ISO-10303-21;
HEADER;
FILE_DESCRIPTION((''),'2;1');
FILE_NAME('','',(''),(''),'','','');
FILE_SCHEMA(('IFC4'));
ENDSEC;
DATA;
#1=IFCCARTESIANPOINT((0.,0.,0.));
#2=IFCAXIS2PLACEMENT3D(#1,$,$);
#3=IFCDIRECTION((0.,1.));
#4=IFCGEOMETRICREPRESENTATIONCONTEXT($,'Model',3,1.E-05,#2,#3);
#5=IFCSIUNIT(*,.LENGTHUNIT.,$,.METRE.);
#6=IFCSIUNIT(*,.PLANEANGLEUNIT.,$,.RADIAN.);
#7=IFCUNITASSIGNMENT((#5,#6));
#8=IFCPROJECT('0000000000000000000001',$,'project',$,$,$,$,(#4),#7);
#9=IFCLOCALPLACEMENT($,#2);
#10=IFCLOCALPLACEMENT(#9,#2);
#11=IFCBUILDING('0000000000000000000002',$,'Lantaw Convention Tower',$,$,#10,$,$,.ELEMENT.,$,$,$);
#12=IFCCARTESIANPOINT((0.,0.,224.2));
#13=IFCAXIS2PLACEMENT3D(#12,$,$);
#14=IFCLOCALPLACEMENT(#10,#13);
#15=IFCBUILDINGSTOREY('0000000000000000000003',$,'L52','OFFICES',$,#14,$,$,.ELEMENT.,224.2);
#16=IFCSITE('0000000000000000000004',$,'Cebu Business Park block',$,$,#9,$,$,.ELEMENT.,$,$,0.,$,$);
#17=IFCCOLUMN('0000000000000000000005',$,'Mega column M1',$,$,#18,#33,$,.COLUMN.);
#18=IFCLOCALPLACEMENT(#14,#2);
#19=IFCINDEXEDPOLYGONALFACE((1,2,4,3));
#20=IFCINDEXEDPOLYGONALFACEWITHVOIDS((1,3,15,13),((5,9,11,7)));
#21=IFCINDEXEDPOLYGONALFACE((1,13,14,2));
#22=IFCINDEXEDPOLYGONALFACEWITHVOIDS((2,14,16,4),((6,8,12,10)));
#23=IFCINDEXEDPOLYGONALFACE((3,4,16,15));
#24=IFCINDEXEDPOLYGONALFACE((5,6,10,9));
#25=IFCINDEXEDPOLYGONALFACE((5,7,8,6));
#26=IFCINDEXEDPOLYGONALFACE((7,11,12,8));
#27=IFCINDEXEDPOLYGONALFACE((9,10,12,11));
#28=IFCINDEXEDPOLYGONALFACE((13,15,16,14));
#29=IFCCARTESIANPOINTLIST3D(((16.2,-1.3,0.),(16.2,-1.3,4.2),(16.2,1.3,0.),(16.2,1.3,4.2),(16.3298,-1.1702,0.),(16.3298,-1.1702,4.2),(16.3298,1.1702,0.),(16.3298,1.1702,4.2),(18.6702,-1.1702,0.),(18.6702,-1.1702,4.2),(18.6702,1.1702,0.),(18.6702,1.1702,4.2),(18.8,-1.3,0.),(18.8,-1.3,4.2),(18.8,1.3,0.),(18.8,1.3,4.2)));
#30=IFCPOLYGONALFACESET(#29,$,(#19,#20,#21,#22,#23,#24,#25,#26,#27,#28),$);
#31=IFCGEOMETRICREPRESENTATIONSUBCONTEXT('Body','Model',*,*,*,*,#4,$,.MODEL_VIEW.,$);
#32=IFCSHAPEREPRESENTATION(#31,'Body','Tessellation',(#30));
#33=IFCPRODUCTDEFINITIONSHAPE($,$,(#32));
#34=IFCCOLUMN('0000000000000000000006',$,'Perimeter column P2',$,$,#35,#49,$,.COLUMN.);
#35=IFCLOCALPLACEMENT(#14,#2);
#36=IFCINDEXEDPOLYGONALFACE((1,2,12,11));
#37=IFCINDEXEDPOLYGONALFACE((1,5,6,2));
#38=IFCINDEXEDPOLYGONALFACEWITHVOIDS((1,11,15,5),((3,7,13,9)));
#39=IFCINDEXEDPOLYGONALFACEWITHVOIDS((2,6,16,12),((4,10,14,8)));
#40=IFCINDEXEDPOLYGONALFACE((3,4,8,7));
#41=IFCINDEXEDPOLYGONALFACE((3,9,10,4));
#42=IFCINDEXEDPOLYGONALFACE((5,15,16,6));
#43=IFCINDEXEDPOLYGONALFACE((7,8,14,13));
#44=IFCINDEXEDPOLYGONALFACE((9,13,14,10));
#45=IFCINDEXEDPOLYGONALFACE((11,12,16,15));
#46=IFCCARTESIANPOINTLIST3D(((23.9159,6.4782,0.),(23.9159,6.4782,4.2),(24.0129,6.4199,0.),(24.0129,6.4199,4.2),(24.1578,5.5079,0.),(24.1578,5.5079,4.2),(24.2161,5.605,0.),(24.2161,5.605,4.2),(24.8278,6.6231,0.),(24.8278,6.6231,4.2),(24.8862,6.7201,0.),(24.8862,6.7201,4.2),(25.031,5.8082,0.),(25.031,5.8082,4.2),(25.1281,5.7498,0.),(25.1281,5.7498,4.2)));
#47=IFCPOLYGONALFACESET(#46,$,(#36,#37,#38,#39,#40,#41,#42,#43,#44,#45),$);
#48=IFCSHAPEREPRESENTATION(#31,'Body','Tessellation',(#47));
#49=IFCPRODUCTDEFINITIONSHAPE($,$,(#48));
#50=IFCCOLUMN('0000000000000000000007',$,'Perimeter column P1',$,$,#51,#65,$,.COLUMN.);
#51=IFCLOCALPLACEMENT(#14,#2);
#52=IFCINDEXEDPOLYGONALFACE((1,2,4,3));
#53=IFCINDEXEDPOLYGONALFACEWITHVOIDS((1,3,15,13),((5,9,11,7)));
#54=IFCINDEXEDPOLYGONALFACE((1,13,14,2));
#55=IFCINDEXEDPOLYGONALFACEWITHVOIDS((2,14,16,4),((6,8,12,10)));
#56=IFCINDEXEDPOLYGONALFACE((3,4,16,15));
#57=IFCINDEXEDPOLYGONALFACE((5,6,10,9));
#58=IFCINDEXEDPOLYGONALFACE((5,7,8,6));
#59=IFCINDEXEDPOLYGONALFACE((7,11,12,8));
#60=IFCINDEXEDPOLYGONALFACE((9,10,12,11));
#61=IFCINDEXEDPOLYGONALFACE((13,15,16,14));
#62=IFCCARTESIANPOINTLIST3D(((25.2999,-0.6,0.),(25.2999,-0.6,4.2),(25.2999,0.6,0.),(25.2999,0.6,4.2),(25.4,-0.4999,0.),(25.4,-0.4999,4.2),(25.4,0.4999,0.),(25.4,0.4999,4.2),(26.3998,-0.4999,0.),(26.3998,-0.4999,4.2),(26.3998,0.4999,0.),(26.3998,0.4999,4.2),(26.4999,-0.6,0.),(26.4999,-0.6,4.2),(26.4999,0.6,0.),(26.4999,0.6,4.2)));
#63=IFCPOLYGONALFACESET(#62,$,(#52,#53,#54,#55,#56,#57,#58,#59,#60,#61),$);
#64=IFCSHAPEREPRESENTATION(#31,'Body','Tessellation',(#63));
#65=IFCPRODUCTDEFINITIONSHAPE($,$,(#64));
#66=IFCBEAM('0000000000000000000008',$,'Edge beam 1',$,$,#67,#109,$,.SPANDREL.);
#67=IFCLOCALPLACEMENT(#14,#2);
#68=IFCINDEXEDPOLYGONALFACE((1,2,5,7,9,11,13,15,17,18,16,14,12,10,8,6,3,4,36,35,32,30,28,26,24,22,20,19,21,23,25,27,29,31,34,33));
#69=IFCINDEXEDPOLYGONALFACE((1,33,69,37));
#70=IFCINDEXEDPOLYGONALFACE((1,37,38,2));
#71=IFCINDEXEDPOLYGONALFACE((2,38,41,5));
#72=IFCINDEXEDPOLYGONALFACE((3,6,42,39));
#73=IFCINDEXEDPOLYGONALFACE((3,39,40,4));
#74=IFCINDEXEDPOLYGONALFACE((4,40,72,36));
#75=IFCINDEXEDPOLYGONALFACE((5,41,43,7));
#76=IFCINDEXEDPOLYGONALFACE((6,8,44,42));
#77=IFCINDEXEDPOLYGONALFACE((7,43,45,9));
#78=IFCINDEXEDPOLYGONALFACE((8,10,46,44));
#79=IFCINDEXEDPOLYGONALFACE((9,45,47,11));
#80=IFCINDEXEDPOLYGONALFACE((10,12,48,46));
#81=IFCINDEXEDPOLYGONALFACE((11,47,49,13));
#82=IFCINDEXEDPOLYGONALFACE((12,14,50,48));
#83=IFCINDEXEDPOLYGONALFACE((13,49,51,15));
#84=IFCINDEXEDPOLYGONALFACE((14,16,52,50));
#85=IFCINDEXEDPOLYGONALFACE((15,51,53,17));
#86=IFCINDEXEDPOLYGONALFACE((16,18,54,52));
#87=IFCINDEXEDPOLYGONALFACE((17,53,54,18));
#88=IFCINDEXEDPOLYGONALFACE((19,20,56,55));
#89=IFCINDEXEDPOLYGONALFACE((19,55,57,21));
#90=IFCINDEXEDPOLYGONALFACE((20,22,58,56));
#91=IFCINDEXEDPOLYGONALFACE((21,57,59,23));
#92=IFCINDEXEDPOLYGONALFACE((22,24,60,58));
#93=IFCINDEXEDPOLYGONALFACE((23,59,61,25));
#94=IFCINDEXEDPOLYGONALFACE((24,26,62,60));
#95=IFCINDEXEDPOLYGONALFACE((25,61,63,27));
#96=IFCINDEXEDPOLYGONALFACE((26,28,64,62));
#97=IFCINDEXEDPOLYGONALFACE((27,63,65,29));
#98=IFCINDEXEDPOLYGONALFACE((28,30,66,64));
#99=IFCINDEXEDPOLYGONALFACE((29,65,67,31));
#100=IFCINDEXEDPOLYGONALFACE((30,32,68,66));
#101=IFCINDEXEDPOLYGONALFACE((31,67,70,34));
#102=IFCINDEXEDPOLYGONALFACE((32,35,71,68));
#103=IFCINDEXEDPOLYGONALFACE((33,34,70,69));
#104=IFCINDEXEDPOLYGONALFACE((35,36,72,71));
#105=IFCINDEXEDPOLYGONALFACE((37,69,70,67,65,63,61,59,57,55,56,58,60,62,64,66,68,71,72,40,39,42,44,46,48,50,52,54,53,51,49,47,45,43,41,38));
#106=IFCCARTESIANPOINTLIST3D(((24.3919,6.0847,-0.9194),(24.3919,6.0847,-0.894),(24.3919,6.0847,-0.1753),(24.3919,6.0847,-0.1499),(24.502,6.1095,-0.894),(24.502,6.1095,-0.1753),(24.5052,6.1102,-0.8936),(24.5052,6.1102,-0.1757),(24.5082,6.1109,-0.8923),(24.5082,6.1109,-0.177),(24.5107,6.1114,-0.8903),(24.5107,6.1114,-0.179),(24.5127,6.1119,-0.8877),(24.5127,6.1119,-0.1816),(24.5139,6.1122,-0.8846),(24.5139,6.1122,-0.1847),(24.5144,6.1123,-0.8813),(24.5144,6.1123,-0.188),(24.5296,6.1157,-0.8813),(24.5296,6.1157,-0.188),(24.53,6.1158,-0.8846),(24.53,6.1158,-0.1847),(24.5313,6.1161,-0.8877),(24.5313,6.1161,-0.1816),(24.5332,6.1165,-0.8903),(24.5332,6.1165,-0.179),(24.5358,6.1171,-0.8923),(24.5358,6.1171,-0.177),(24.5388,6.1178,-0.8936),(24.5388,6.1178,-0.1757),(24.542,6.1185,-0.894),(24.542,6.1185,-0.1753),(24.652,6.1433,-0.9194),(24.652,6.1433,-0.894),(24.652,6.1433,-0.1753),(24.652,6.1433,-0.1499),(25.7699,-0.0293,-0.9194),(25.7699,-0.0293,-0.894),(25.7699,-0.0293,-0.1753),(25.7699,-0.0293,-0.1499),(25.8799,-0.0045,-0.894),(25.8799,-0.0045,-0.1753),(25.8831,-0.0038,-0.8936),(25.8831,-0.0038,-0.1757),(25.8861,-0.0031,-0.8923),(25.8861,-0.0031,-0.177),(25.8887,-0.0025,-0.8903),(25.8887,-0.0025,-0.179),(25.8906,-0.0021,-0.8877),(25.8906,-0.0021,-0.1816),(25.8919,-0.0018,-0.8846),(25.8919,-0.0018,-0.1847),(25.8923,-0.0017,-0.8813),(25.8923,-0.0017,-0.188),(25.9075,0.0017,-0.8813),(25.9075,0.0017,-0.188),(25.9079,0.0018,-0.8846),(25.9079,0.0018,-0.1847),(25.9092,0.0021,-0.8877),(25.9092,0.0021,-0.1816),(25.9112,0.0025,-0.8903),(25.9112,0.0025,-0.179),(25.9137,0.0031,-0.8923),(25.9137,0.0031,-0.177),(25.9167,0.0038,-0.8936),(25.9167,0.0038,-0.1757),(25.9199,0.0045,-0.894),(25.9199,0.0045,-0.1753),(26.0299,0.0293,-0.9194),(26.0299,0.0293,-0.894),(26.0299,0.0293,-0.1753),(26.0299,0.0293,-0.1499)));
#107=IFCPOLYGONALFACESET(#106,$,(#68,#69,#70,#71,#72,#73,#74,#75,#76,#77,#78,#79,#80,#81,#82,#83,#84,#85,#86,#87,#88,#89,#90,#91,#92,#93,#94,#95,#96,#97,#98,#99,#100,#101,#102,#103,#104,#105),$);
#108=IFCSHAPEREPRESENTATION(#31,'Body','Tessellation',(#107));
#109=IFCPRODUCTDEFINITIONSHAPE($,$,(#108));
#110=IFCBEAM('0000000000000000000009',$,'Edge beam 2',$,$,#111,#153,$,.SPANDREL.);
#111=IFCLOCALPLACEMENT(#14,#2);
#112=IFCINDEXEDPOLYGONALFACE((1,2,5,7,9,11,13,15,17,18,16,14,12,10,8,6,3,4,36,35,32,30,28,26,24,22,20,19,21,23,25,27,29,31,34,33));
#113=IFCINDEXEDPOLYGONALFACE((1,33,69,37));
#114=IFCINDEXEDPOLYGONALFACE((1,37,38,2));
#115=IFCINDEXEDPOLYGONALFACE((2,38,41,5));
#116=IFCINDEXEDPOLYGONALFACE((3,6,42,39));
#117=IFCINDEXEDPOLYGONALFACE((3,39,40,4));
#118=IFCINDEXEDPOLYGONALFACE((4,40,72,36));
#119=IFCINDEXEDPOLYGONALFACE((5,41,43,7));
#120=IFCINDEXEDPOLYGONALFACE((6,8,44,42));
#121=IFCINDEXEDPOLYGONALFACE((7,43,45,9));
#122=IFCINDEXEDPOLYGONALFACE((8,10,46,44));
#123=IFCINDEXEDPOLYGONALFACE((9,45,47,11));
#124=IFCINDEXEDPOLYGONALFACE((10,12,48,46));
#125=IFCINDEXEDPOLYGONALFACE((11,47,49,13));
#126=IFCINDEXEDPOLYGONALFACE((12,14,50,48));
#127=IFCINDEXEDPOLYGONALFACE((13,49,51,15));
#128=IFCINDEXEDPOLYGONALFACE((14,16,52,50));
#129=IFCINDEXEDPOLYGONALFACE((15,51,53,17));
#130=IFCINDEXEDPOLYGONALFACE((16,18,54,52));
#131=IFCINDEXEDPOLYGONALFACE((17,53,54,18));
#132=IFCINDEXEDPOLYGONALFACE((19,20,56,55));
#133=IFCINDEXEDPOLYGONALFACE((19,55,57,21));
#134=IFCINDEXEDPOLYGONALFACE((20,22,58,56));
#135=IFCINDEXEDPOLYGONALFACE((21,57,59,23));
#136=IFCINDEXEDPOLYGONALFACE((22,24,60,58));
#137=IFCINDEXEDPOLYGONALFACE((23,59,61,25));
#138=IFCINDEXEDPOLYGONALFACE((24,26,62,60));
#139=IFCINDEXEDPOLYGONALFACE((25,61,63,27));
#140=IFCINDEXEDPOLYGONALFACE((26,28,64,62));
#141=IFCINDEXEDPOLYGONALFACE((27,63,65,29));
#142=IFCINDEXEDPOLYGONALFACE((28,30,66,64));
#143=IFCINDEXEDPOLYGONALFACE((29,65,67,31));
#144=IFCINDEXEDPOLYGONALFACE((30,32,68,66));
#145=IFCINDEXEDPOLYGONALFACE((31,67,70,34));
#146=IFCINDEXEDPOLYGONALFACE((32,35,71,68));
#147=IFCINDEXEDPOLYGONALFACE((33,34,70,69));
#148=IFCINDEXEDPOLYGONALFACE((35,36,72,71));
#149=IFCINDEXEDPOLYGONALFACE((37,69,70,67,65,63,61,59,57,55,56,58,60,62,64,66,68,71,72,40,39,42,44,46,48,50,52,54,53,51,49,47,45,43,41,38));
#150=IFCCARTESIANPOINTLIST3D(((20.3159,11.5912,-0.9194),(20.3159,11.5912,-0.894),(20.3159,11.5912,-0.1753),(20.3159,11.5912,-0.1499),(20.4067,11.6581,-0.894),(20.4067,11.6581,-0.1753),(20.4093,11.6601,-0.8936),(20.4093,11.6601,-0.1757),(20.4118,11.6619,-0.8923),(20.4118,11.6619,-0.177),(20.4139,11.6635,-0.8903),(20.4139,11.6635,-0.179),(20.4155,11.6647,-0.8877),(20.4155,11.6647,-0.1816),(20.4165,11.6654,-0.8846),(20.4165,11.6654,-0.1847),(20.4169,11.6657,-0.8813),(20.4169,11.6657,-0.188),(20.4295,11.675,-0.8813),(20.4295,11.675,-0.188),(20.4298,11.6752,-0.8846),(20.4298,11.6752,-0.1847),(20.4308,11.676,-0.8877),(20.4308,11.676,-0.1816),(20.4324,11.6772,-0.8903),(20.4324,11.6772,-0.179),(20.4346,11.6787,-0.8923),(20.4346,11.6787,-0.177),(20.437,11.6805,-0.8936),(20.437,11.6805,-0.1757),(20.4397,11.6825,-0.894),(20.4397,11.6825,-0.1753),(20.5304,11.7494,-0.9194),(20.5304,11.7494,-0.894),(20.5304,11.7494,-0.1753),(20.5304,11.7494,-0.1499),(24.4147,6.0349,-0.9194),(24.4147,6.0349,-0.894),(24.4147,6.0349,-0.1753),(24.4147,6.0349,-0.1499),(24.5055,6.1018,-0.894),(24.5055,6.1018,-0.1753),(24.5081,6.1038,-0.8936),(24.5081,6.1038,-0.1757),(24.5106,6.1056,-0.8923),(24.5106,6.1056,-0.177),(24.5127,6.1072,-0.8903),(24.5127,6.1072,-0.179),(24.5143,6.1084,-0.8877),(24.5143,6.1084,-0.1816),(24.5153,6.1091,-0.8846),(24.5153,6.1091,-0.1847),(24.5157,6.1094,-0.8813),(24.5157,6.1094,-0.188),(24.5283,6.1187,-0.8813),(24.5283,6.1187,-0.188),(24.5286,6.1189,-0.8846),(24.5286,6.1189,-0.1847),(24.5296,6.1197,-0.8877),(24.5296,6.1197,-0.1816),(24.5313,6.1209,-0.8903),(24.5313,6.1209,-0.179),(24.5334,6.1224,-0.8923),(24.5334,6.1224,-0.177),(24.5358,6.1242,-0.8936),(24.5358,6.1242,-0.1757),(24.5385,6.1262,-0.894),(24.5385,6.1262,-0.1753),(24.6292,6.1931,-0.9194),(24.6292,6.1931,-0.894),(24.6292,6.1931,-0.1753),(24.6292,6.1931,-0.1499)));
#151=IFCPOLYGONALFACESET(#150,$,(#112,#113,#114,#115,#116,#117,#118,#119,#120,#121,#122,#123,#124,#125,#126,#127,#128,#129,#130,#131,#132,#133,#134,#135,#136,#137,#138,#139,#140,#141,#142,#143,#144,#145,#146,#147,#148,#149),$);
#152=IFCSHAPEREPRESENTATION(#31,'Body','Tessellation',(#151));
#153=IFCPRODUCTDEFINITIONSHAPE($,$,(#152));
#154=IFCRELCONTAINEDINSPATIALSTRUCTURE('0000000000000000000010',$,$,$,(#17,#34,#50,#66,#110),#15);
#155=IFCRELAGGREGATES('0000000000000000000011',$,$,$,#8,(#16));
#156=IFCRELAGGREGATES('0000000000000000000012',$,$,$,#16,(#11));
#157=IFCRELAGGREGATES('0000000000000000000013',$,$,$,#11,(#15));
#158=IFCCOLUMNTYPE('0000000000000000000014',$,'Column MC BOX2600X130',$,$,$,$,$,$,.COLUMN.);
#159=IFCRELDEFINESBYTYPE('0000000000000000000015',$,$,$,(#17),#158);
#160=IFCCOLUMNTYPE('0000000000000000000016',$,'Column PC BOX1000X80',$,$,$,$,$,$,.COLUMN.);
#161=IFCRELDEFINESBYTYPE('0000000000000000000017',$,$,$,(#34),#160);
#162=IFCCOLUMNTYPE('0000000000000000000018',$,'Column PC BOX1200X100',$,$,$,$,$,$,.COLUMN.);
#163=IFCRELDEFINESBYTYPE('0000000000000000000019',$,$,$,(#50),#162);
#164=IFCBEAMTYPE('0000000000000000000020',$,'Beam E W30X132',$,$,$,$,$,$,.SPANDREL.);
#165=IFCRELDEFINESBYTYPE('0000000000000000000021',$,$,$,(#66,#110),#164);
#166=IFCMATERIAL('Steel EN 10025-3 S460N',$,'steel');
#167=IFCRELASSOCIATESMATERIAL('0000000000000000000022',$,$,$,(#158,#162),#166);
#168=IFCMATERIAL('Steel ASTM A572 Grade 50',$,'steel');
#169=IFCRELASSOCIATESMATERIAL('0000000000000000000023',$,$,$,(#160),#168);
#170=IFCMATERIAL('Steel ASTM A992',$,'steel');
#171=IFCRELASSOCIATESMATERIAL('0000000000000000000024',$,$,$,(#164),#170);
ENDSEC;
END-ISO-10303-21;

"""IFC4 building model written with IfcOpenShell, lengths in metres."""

from ifc_helpers import new_model, si_unit, direction, frame, origin, origin_2d, place, context, subcontext, project, spatial, rectangle, hollow_rectangle, i_section, extrude, material, material_profile, profile_set, type_object, element, save


model = new_model("IFC4")

# Units and contexts
model_context = context("Model", 3, precision=1e-05, world=origin(), true_north=direction((0.0, 1.0)))
body_context = subcontext(model_context, "Body", "Model", "MODEL_VIEW")
ifc_project = project(units=[si_unit("LENGTHUNIT", "METRE"), si_unit("PLANEANGLEUNIT", "RADIAN")], contexts=[model_context])

# Site, building, storey
site_placement = place(None, origin())
site = spatial("IfcSite", under=ifc_project, at=site_placement, Name="Cebu Business Park block", CompositionType="ELEMENT", RefElevation=0.0)
building_placement = place(site_placement, origin())
building = spatial("IfcBuilding", under=site, at=building_placement, Name="Lantaw Convention Tower", CompositionType="ELEMENT")
storey_placement = place(building_placement, frame((0.0, 0.0, 224.2)))
storey = spatial("IfcBuildingStorey", under=building, at=storey_placement, Name="L52", Description="OFFICES", CompositionType="ELEMENT", Elevation=224.2)

# Columns
ifc_material_1 = material(Name="Steel EN 10025-3 S460N", Category="steel")
ifc_material_profile_1 = material_profile(ifc_material_1, hollow_rectangle(XDim=2.6001, YDim=2.6001, WallThickness=0.1299, at=origin_2d()), Name="BOX2600X130")
ifc_material_2 = material(Name="Concrete C60/75", Category="concrete")
ifc_material_profile_2 = material_profile(ifc_material_2, rectangle(XDim=2.3401, YDim=2.3401, at=origin_2d()), Name="Concrete fill of BOX2600X130")
ifc_profile_set_1 = profile_set([ifc_material_profile_1, ifc_material_profile_2], Name="Steel EN 10025-3 S460N")
column_type_1 = type_object("IfcColumnType", Name="Column MC BOX2600X130", PredefinedType="COLUMN", material=ifc_profile_set_1)
column_1_placement = place(storey_placement, frame((17.5, 0.0, 0.0), z_axis=(0.0, 0.0, 1.0), x_axis=(1.0, 0.0, 0.0)))
element("IfcColumn", 1, at=column_1_placement, inside=storey, type_object=column_type_1, Name="Mega column M1", PredefinedType="COLUMN", context=body_context, shape_type="SweptSolid", body=[
    extrude(hollow_rectangle(XDim=2.6001, YDim=2.6001, WallThickness=0.1299, at=origin_2d()), origin(), (0.0, 0.0, 1.0), 4.2),
])
ifc_material_3 = material(Name="Steel ASTM A572 Grade 50", Category="steel")
ifc_material_profile_3 = material_profile(ifc_material_3, hollow_rectangle(XDim=1.0, YDim=1.0, WallThickness=0.0801, at=origin_2d()), Name="BOX1000X80")
ifc_material_profile_4 = material_profile(ifc_material_2, rectangle(XDim=0.8401, YDim=0.8401, at=origin_2d()), Name="Concrete fill of BOX1000X80")
ifc_profile_set_2 = profile_set([ifc_material_profile_3, ifc_material_profile_4], Name="Steel ASTM A572 Grade 50")
column_type_2 = type_object("IfcColumnType", Name="Column PC BOX1000X80", PredefinedType="COLUMN", material=ifc_profile_set_2)
column_2_placement = place(storey_placement, frame((24.522, 6.114, 0.0), z_axis=(0.0, 0.0, 1.0), x_axis=(0.970296, 0.241922, 0.0)))
element("IfcColumn", 2, at=column_2_placement, inside=storey, type_object=column_type_2, Name="Perimeter column P2", PredefinedType="COLUMN", context=body_context, shape_type="SweptSolid", body=[
    extrude(hollow_rectangle(XDim=1.0, YDim=1.0, WallThickness=0.0801, at=origin_2d()), origin(), (0.0, 0.0, 1.0), 4.2),
])
ifc_material_profile_5 = material_profile(ifc_material_1, hollow_rectangle(XDim=1.2, YDim=1.2, WallThickness=0.1001, at=origin_2d()), Name="BOX1200X100")
ifc_material_profile_6 = material_profile(ifc_material_2, rectangle(XDim=1.0, YDim=1.0, at=origin_2d()), Name="Concrete fill of BOX1200X100")
ifc_profile_set_3 = profile_set([ifc_material_profile_5, ifc_material_profile_6], Name="Steel EN 10025-3 S460N")
column_type_3 = type_object("IfcColumnType", Name="Column PC BOX1200X100", PredefinedType="COLUMN", material=ifc_profile_set_3)
column_3_placement = place(storey_placement, frame((25.8999, 0.0, 0.0), z_axis=(0.0, 0.0, 1.0), x_axis=(1.0, 0.0, 0.0)))
element("IfcColumn", 3, at=column_3_placement, inside=storey, type_object=column_type_3, Name="Perimeter column P1", PredefinedType="COLUMN", context=body_context, shape_type="SweptSolid", body=[
    extrude(hollow_rectangle(XDim=1.2, YDim=1.2, WallThickness=0.1001, at=origin_2d()), origin(), (0.0, 0.0, 1.0), 4.2),
])

# Beams
ifc_material_4 = material(Name="Steel ASTM A992", Category="steel")
ifc_material_profile_7 = material_profile(ifc_material_4, i_section(OverallWidth=0.2666, OverallDepth=0.7695, WebThickness=0.0156, FlangeThickness=0.0254, FilletRadius=0.0127, at=origin_2d()), Name="W30X132")
ifc_profile_set_4 = profile_set([ifc_material_profile_7], Name="Steel ASTM A992")
beam_type_1 = type_object("IfcBeamType", Name="Beam E W30X132", PredefinedType="SPANDREL", material=ifc_profile_set_4)
beam_1_placement = place(storey_placement, frame((25.8999, 0.0, -0.5347), z_axis=(-0.219858, 0.975532, 0.0), x_axis=(-0.975532, -0.219858, 0.0)))
element("IfcBeam", 4, at=beam_1_placement, inside=storey, type_object=beam_type_1, Name="Edge beam 1", PredefinedType="SPANDREL", context=body_context, shape_type="SweptSolid", body=[
    extrude(i_section(OverallWidth=0.2666, OverallDepth=0.7695, WebThickness=0.0156, FlangeThickness=0.0254, FilletRadius=0.0127, at=origin_2d()), origin(), (0.0, 0.0, 1.0), 6.2673),
])
beam_2_placement = place(storey_placement, frame((24.522, 6.114, -0.5347), z_axis=(-0.593639, 0.804731, 0.0), x_axis=(-0.804731, -0.593639, 0.0)))
element("IfcBeam", 5, at=beam_2_placement, inside=storey, type_object=beam_type_1, Name="Edge beam 2", PredefinedType="SPANDREL", context=body_context, shape_type="SweptSolid", body=[
    extrude(i_section(OverallWidth=0.2666, OverallDepth=0.7695, WebThickness=0.0156, FlangeThickness=0.0254, FilletRadius=0.0127, at=origin_2d()), origin(), (0.0, 0.0, 1.0), 6.9045),
])

save(model, "model.ifc")
